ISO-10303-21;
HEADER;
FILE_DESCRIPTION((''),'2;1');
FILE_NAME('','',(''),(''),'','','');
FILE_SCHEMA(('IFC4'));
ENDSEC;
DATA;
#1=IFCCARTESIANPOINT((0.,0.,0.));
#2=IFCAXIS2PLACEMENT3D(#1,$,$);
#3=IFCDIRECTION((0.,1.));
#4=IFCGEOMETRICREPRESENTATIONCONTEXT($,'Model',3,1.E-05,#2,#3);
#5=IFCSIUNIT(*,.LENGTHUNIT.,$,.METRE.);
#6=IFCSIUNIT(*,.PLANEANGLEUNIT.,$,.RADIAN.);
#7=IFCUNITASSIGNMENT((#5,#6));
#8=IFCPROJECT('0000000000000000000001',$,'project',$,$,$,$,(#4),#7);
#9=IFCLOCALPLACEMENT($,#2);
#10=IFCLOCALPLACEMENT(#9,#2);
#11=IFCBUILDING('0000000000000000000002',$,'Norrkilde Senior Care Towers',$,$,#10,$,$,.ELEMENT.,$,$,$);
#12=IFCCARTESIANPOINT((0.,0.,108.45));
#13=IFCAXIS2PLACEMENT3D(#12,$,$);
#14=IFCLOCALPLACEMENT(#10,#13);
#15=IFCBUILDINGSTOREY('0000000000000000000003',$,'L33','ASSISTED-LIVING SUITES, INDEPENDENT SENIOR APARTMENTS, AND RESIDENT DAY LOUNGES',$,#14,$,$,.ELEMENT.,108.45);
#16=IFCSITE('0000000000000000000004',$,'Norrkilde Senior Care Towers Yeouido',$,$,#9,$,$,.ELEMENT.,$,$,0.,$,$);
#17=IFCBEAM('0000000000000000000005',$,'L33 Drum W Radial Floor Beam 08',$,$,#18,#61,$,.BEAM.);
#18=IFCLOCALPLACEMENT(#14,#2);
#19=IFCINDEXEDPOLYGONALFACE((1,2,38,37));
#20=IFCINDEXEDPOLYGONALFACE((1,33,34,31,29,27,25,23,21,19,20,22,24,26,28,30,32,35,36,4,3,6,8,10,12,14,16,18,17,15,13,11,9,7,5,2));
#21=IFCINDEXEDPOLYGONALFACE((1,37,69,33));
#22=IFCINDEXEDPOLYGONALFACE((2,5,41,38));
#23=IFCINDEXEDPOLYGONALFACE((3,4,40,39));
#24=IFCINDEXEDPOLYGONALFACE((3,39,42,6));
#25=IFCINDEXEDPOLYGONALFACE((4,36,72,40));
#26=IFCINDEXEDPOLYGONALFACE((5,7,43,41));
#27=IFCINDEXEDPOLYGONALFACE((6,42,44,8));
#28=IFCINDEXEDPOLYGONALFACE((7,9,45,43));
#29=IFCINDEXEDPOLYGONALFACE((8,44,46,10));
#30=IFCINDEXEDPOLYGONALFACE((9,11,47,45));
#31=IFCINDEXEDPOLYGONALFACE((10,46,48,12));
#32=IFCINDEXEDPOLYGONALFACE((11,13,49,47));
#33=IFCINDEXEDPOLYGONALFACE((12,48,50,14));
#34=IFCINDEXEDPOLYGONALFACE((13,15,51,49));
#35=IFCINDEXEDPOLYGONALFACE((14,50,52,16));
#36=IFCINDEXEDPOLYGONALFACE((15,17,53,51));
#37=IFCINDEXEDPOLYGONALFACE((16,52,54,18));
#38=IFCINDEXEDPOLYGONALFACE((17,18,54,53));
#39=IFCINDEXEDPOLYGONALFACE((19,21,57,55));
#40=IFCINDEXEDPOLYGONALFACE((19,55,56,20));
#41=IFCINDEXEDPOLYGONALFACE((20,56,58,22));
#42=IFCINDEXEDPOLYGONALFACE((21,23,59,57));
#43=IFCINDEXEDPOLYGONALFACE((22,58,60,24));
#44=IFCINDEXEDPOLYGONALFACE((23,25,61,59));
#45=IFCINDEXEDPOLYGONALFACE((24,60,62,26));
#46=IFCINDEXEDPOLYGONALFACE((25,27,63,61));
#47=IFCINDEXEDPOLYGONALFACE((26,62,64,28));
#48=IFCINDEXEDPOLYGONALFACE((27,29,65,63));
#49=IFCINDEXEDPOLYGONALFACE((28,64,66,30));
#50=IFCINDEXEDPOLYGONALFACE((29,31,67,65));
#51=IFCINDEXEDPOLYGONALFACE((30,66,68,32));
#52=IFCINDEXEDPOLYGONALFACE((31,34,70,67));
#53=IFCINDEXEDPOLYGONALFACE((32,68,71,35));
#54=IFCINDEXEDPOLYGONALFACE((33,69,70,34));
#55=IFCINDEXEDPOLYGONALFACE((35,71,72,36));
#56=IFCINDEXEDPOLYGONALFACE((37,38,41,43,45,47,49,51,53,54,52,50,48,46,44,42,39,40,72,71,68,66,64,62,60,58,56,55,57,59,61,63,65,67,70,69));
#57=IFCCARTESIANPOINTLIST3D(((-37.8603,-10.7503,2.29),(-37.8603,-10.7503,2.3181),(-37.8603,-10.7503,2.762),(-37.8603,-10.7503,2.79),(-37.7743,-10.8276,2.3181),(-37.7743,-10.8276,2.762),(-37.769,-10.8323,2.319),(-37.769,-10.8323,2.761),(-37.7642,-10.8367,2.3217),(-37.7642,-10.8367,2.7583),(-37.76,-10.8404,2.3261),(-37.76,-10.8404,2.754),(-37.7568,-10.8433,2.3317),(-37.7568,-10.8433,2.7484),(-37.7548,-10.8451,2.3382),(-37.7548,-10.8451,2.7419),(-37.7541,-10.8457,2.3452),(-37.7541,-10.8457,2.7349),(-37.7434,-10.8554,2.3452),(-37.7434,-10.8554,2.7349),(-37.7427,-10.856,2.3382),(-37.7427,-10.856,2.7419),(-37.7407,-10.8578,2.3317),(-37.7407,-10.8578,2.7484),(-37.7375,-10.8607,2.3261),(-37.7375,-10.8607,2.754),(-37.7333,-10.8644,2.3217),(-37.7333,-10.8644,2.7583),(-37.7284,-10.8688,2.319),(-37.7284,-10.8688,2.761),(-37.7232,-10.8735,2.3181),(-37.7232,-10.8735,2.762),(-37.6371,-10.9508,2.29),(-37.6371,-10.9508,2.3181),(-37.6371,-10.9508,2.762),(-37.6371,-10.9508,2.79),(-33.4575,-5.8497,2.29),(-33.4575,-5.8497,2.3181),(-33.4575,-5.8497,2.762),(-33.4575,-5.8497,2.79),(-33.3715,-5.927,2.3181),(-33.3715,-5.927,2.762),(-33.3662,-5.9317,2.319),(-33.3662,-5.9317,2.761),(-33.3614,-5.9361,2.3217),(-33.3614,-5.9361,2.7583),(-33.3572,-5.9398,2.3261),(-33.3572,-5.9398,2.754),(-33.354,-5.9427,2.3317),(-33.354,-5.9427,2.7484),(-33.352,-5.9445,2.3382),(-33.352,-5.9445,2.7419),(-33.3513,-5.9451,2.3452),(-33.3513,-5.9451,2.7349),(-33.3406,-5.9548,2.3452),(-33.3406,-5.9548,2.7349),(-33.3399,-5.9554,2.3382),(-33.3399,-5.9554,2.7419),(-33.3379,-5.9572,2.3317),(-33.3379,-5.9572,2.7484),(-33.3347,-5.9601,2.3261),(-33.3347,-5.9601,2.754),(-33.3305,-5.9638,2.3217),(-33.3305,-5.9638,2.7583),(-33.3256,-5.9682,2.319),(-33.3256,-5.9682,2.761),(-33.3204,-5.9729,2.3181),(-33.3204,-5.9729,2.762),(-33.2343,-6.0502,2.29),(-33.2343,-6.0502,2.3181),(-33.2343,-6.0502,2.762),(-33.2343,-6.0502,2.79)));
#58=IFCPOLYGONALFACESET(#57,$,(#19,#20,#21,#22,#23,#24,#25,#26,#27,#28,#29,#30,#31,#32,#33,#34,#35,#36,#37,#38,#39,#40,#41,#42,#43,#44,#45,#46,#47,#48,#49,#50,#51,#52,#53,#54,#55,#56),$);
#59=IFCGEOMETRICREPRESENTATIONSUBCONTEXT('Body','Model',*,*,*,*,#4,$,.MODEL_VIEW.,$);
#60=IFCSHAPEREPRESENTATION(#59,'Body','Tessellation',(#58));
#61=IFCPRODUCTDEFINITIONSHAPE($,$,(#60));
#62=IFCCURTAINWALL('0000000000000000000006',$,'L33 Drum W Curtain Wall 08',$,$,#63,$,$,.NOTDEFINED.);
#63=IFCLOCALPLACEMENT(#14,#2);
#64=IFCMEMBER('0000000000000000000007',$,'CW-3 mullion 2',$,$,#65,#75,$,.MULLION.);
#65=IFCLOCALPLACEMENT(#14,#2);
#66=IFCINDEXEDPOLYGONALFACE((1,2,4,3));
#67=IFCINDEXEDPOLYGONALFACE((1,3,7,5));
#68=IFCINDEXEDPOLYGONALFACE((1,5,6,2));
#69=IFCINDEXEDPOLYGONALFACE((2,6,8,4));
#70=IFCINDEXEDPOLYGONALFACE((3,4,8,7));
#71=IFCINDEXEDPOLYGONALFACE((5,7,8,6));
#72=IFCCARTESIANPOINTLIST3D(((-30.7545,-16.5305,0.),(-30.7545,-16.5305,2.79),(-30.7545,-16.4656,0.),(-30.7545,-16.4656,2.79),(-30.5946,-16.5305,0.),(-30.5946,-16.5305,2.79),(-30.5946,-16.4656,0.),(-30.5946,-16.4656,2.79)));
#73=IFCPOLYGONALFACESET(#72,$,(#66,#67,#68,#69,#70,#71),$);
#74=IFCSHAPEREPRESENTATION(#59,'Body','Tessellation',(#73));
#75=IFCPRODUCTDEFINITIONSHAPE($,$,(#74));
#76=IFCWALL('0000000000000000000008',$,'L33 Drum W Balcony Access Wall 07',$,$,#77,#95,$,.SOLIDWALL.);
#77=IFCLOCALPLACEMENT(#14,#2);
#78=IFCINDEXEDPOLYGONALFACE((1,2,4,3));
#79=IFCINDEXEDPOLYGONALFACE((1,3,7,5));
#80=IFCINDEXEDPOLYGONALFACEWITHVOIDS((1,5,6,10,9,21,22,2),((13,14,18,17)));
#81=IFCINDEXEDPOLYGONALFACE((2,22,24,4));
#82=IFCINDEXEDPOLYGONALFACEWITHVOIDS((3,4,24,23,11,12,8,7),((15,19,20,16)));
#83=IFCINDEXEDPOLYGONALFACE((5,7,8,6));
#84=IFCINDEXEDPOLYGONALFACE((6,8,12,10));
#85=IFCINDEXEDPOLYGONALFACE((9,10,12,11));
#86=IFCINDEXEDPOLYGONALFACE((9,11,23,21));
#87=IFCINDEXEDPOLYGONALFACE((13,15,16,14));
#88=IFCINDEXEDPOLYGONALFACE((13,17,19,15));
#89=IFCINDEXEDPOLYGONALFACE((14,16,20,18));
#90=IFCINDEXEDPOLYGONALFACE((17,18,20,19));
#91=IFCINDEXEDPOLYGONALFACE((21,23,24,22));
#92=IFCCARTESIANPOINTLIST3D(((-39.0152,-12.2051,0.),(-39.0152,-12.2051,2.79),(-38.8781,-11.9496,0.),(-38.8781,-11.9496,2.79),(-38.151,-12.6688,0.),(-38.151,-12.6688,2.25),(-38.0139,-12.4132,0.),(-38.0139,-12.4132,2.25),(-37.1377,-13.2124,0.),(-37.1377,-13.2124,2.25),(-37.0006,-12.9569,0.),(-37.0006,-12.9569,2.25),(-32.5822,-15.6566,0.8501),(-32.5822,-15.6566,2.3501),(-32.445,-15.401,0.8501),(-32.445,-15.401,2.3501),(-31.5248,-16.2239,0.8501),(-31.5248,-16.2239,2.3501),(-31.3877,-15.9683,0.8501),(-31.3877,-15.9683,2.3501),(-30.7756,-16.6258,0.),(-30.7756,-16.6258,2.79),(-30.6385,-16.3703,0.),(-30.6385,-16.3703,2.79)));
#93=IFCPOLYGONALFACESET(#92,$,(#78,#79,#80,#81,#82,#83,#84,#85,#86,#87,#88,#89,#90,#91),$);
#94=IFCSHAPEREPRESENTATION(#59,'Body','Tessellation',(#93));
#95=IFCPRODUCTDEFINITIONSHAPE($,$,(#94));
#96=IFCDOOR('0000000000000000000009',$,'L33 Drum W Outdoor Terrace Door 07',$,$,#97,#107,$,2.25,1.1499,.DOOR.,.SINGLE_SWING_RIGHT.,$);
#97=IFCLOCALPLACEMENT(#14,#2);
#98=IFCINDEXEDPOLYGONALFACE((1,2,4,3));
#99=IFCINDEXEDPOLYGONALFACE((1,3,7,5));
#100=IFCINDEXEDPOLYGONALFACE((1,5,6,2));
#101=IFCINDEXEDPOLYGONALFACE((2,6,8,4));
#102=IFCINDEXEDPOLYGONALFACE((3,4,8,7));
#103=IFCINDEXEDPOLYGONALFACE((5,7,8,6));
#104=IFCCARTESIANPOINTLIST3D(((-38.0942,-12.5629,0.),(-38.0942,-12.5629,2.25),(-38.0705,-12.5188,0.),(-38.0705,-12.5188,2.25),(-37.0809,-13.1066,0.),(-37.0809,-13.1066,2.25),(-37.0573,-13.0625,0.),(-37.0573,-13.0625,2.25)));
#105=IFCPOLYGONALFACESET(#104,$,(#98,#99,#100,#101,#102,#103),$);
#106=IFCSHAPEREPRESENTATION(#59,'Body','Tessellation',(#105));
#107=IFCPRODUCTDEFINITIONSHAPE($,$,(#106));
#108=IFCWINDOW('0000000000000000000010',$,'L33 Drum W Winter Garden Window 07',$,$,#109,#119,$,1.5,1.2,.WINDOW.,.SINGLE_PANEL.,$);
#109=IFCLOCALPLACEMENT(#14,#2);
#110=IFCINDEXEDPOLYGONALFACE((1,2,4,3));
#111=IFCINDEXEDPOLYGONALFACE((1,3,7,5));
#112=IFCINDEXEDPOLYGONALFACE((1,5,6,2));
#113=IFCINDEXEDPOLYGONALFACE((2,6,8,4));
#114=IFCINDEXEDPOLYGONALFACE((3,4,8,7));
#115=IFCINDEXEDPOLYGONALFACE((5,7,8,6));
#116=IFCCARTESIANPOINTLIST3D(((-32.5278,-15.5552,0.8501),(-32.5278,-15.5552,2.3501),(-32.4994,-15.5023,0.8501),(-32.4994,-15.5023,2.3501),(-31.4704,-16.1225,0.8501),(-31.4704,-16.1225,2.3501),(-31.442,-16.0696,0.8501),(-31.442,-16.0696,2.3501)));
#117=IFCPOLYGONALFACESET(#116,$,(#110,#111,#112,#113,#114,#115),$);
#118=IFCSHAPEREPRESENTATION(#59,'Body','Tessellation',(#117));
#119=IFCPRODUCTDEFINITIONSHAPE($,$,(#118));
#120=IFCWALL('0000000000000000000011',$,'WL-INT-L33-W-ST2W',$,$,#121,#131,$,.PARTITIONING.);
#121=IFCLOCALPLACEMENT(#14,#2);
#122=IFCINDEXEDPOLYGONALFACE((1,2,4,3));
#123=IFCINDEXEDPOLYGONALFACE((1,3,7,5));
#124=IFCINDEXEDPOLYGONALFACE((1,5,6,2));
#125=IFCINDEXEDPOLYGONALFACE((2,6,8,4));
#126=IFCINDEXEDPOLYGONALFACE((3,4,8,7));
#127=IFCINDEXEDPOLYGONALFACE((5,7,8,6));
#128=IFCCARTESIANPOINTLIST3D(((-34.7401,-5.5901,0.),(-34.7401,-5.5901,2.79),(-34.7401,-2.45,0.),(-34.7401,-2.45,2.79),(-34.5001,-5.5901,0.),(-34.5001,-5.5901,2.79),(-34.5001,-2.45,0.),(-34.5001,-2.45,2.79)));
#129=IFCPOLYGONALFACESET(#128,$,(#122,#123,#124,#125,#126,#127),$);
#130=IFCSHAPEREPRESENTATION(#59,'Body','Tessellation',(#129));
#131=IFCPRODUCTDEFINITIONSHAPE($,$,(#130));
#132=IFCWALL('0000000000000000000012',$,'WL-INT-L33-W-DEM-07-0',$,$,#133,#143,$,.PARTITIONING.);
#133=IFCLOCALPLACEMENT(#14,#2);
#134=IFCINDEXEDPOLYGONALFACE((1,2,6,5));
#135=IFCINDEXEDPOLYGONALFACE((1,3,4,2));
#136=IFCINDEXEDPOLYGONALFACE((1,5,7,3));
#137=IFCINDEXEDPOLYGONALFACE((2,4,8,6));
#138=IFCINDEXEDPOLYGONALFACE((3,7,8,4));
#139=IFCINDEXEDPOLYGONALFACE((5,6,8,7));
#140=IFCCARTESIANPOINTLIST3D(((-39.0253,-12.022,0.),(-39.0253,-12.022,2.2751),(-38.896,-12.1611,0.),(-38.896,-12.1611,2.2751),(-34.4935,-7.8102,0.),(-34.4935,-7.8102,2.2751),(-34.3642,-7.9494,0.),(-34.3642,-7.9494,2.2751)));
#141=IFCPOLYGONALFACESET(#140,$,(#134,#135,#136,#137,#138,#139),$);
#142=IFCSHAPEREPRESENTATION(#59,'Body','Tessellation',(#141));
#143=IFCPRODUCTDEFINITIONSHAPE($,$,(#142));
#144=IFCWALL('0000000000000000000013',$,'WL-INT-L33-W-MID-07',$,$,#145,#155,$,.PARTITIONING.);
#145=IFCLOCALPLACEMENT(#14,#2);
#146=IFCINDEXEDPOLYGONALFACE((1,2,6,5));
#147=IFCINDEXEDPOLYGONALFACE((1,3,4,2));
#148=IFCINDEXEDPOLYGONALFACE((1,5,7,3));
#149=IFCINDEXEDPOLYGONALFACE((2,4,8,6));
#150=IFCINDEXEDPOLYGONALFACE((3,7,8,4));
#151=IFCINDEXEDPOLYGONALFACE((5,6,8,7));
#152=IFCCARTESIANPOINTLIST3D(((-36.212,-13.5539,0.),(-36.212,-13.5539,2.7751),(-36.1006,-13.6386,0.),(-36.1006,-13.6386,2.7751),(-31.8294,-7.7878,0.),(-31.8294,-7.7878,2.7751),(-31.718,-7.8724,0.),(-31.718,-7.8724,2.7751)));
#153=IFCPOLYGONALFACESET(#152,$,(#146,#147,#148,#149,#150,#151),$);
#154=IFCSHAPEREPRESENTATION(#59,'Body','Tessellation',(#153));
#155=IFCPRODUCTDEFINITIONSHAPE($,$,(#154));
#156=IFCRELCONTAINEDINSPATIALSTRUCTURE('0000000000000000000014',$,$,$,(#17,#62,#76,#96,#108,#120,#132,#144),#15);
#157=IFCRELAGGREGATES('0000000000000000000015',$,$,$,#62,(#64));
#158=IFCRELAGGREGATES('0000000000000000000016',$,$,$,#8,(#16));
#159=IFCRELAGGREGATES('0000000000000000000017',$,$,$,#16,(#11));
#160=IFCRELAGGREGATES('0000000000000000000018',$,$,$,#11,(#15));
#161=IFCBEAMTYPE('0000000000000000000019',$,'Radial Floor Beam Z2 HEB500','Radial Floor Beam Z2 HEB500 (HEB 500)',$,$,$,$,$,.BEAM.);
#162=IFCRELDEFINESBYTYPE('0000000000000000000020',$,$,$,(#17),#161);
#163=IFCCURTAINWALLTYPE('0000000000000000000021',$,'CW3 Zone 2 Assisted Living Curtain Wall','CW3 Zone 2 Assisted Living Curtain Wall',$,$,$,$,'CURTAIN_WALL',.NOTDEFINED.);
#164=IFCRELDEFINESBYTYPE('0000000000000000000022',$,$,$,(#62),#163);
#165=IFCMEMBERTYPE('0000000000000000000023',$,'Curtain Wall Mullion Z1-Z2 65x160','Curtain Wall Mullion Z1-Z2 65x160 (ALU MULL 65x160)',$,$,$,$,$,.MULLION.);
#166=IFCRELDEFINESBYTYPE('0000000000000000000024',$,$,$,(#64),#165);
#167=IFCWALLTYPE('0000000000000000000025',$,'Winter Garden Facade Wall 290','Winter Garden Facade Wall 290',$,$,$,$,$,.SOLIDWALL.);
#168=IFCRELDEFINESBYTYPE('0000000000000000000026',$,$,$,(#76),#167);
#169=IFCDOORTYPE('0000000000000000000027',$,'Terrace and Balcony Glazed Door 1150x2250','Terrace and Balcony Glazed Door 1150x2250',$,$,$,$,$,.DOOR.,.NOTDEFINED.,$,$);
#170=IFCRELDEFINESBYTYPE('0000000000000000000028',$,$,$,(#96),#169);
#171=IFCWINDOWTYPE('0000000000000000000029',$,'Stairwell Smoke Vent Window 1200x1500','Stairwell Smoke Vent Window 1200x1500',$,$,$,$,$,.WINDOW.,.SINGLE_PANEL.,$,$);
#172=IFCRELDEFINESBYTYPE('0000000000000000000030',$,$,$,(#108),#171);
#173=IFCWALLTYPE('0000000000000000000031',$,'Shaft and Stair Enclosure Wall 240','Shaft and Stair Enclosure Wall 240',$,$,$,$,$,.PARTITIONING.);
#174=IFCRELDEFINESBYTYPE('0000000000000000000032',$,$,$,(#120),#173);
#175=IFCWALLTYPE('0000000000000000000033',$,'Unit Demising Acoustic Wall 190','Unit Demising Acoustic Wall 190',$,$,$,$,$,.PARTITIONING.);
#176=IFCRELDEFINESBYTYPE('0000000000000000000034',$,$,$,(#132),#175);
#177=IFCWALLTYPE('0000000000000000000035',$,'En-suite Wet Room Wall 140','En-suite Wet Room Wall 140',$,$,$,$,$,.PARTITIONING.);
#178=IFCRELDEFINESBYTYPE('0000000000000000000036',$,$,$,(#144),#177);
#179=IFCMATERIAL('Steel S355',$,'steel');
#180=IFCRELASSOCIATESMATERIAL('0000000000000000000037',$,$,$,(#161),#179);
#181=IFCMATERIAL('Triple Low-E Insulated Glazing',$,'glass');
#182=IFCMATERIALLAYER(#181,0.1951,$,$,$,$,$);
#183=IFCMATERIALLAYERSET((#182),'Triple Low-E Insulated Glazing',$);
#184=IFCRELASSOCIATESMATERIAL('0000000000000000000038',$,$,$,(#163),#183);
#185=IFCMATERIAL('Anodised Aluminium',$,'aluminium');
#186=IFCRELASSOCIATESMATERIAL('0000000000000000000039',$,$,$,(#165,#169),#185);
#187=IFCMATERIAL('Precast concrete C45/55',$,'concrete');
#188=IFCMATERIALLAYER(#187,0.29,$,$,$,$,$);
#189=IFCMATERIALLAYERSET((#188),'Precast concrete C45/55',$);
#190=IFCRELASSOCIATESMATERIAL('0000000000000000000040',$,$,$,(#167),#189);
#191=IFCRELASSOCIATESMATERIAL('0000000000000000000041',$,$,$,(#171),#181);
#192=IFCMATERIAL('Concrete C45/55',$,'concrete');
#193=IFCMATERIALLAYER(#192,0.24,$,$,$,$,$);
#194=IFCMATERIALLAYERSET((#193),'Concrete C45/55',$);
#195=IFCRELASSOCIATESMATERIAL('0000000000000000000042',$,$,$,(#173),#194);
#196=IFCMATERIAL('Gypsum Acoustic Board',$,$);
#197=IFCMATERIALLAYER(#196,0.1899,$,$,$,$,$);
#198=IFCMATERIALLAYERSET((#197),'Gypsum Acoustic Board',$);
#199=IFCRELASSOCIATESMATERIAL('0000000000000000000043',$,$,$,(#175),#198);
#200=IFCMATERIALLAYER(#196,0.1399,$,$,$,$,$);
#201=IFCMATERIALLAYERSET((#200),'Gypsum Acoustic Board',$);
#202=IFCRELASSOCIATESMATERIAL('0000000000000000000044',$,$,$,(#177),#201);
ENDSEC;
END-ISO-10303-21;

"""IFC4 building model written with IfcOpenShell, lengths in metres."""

from ifc_helpers import new_model, si_unit, direction, frame, frame_2d, origin, origin_2d, place, context, subcontext, project, spatial, rectangle, i_section, extrude, source, transform, mapped, material, layer, layer_set, material_profile, profile_set, type_object, type_shapes, element, fill, aggregate, save


model = new_model("IFC4")

# Units and contexts
model_context = context("Model", 3, precision=1e-05, world=origin(), true_north=direction((0.0, 1.0)))
body_context = subcontext(model_context, "Body", "Model", "MODEL_VIEW")
ifc_project = project(units=[si_unit("LENGTHUNIT", "METRE"), si_unit("PLANEANGLEUNIT", "RADIAN")], contexts=[model_context])

# Site, building, storey
site_placement = place(None, origin())
site = spatial("IfcSite", under=ifc_project, at=site_placement, Name="Norrkilde Senior Care Towers Yeouido", CompositionType="ELEMENT", RefElevation=0.0)
building_placement = place(site_placement, origin())
building = spatial("IfcBuilding", under=site, at=building_placement, Name="Norrkilde Senior Care Towers", CompositionType="ELEMENT")
storey_placement = place(building_placement, frame((0.0, 0.0, 108.45)))
storey = spatial("IfcBuildingStorey", under=building, at=storey_placement, Name="L33", Description="ASSISTED-LIVING SUITES, INDEPENDENT SENIOR APARTMENTS, AND RESIDENT DAY LOUNGES", CompositionType="ELEMENT", Elevation=108.45)

# Beam
ifc_material_1 = material(Name="Steel S355", Category="steel")
ifc_material_profile_1 = material_profile(ifc_material_1, i_section(OverallWidth=0.3, OverallDepth=0.5, WebThickness=0.0144, FlangeThickness=0.0281, FilletRadius=0.0271, at=origin_2d()), Name="HEB 500")
ifc_profile_set_1 = profile_set([ifc_material_profile_1], Name="Steel S355")
beam_type_1 = type_object("IfcBeamType", Name="Radial Floor Beam Z2 HEB500", Description="Radial Floor Beam Z2 HEB500 (HEB 500)", PredefinedType="BEAM", material=ifc_profile_set_1)
shared_shape_1 = source(origin(), body_context, "Body", "SweptSolid", [
    extrude(i_section(OverallWidth=0.3, OverallDepth=0.5, WebThickness=0.0144, FlangeThickness=0.0281, FilletRadius=0.0271, at=origin_2d()), origin(), (0.0, 0.0, 1.0), 6.5879),
])
beam_1_placement = place(storey_placement, frame((-33.3459, -5.95, 2.54), z_axis=(-0.668315, -0.743878, 0.0), x_axis=(0.743878, -0.668315, 0.0)))
element("IfcBeam", 1, at=beam_1_placement, inside=storey, type_object=beam_type_1, Name="L33 Drum W Radial Floor Beam 08", PredefinedType="BEAM", context=body_context, shape_type="MappedRepresentation", body=[
    mapped(shared_shape_1, transform((0.0, 0.0, 0.0), x_axis=(1.0, 0.0, 0.0), y_axis=(0.0, 1.0, 0.0), z_axis=(0.0, 0.0, 1.0), scale=1.0)),
])

# Curtain wall, member
ifc_material_2 = material(Name="Triple Low-E Insulated Glazing", Category="glass")
ifc_layer_1 = layer(ifc_material_2, 0.1951)
ifc_layer_set_1 = layer_set([ifc_layer_1], Name="Triple Low-E Insulated Glazing")
curtain_wall_type = type_object("IfcCurtainWallType", Name="CW3 Zone 2 Assisted Living Curtain Wall", Description="CW3 Zone 2 Assisted Living Curtain Wall", ElementType="CURTAIN_WALL", PredefinedType="NOTDEFINED", material=ifc_layer_set_1)
curtain_wall_placement = place(storey_placement, origin())
curtain_wall = element("IfcCurtainWall", 2, at=curtain_wall_placement, inside=storey, type_object=curtain_wall_type, Name="L33 Drum W Curtain Wall 08", PredefinedType="NOTDEFINED")
ifc_material_3 = material(Name="Anodised Aluminium", Category="aluminium")
ifc_material_profile_2 = material_profile(ifc_material_3, rectangle(XDim=0.0649, YDim=0.1599, at=origin_2d()), Name="ALU MULL 65x160")
ifc_profile_set_2 = profile_set([ifc_material_profile_2], Name="Anodised Aluminium")
member_type = type_object("IfcMemberType", Name="Curtain Wall Mullion Z1-Z2 65x160", Description="Curtain Wall Mullion Z1-Z2 65x160 (ALU MULL 65x160)", PredefinedType="MULLION", material=ifc_profile_set_2)
shared_shape_2 = source(origin(), body_context, "Body", "SweptSolid", [
    extrude(rectangle(XDim=0.0649, YDim=0.1599, at=origin_2d()), origin(), (0.0, 0.0, 1.0), 2.79),
])
type_shapes(member_type, [shared_shape_2])
member_placement = place(storey_placement, frame((-30.6746, -16.498, 0.0), z_axis=(0.0, 0.0, 1.0), x_axis=(0.0, -1.0, 0.0)))
member = element("IfcMember", 3, at=member_placement, type_object=member_type, Name="CW-3 mullion 2", PredefinedType="MULLION", context=body_context, shape_type="MappedRepresentation", body=[
    mapped(shared_shape_2, transform((0.0, 0.0, 0.0), x_axis=(1.0, 0.0, 0.0), y_axis=(0.0, 1.0, 0.0), z_axis=(0.0, 0.0, 1.0), scale=1.0)),
])
aggregate(curtain_wall, [member])

# Wall, openings, door, window
ifc_material_4 = material(Name="Precast concrete C45/55", Category="concrete")
ifc_layer_2 = layer(ifc_material_4, 0.29)
ifc_layer_set_2 = layer_set([ifc_layer_2], Name="Precast concrete C45/55")
wall_type_1 = type_object("IfcWallType", Name="Winter Garden Facade Wall 290", Description="Winter Garden Facade Wall 290", PredefinedType="SOLIDWALL", material=ifc_layer_set_2)
shared_shape_3 = source(origin(), body_context, "Body", "SweptSolid", [
    extrude(rectangle(XDim=9.3506, YDim=0.29, at=frame_2d((4.6753, 0.0))), origin(), (0.0, 0.0, 1.0), 2.79),
])
type_shapes(wall_type_1, [shared_shape_3])
wall_1_placement = place(storey_placement, frame((-30.707, -16.498, 0.0), z_axis=(0.0, 0.0, 1.0), x_axis=(-0.881184, 0.472773, 0.0)))
wall_1 = element("IfcWall", 4, at=wall_1_placement, inside=storey, type_object=wall_type_1, Name="L33 Drum W Balcony Access Wall 07", PredefinedType="SOLIDWALL", context=body_context, shape_type="MappedRepresentation", body=[
    mapped(shared_shape_3, transform((0.0, 0.0, 0.0), x_axis=(1.0, 0.0, 0.0), y_axis=(0.0, 1.0, 0.0), z_axis=(0.0, 0.0, 1.0), scale=1.0)),
])
opening_1_placement = place(wall_1_placement, frame((7.22, 0.0, 0.0)))
opening_1 = element("IfcOpeningElement", 5, at=opening_1_placement, cuts=wall_1, PredefinedType="OPENING", context=body_context, shape_type="SweptSolid", body=[
    extrude(rectangle(XDim=1.1499, YDim=2.25, at=frame_2d((0.575, 1.125))), frame((0.0, 0.155, 0.0), z_axis=(0.0, -1.0, 0.0), x_axis=(1.0, 0.0, 0.0)), (0.0, 0.0, 1.0), 0.3101),
])
opening_2_placement = place(wall_1_placement, frame((0.8501, 0.0, 0.8501)))
opening_2 = element("IfcOpeningElement", 6, at=opening_2_placement, cuts=wall_1, PredefinedType="OPENING", context=body_context, shape_type="SweptSolid", body=[
    extrude(rectangle(XDim=1.2, YDim=1.5, at=frame_2d((0.6001, 0.75))), frame((0.0, 0.155, 0.0), z_axis=(0.0, -1.0, 0.0), x_axis=(1.0, 0.0, 0.0)), (0.0, 0.0, 1.0), 0.3101),
])
door_type_1 = type_object("IfcDoorType", Name="Terrace and Balcony Glazed Door 1150x2250", Description="Terrace and Balcony Glazed Door 1150x2250", OperationType="NOTDEFINED", PredefinedType="DOOR", material=ifc_material_3)
shared_shape_4 = source(origin(), body_context, "Body", "SweptSolid", [
    extrude(rectangle(XDim=1.1499, YDim=2.25, at=frame_2d((0.575, 1.125))), frame((0.0, 0.0249, 0.0), z_axis=(0.0, -1.0, 0.0), x_axis=(1.0, 0.0, 0.0)), (0.0, 0.0, 1.0), 0.05),
])
type_shapes(door_type_1, [shared_shape_4])
door_1_placement = place(opening_1_placement, origin())
door_1 = element("IfcDoor", 7, at=door_1_placement, inside=storey, type_object=door_type_1, Name="L33 Drum W Outdoor Terrace Door 07", OperationType="SINGLE_SWING_RIGHT", OverallHeight=2.25, OverallWidth=1.1499, PredefinedType="DOOR", context=body_context, shape_type="MappedRepresentation", body=[
    mapped(shared_shape_4, transform((0.0, 0.0, 0.0), x_axis=(1.0, 0.0, 0.0), y_axis=(0.0, 1.0, 0.0), z_axis=(0.0, 0.0, 1.0), scale=1.0)),
])
fill(opening_1, door_1)
window_type = type_object("IfcWindowType", Name="Stairwell Smoke Vent Window 1200x1500", Description="Stairwell Smoke Vent Window 1200x1500", PartitioningType="SINGLE_PANEL", PredefinedType="WINDOW", material=ifc_material_2)
shared_shape_5 = source(origin(), body_context, "Body", "SweptSolid", [
    extrude(rectangle(XDim=1.2, YDim=1.5, at=frame_2d((0.6001, 0.75))), frame((0.0, 0.03, 0.0), z_axis=(0.0, -1.0, 0.0), x_axis=(1.0, 0.0, 0.0)), (0.0, 0.0, 1.0), 0.0601),
])
type_shapes(window_type, [shared_shape_5])
window_placement = place(opening_2_placement, origin())
window = element("IfcWindow", 8, at=window_placement, inside=storey, type_object=window_type, Name="L33 Drum W Winter Garden Window 07", OverallHeight=1.5, OverallWidth=1.2, PartitioningType="SINGLE_PANEL", PredefinedType="WINDOW", context=body_context, shape_type="MappedRepresentation", body=[
    mapped(shared_shape_5, transform((0.0, 0.0, 0.0), x_axis=(1.0, 0.0, 0.0), y_axis=(0.0, 1.0, 0.0), z_axis=(0.0, 0.0, 1.0), scale=1.0)),
])
fill(opening_2, window)

# Walls
ifc_material_5 = material(Name="Concrete C45/55", Category="concrete")
ifc_layer_3 = layer(ifc_material_5, 0.24)
ifc_layer_set_3 = layer_set([ifc_layer_3], Name="Concrete C45/55")
wall_type_2 = type_object("IfcWallType", Name="Shaft and Stair Enclosure Wall 240", Description="Shaft and Stair Enclosure Wall 240", PredefinedType="PARTITIONING", material=ifc_layer_set_3)
shared_shape_6 = source(origin(), body_context, "Body", "SweptSolid", [
    extrude(rectangle(XDim=3.1401, YDim=0.24, at=frame_2d((1.5701, 0.0))), origin(), (0.0, 0.0, 1.0), 2.79),
])
type_shapes(wall_type_2, [shared_shape_6])
wall_2_placement = place(storey_placement, frame((-34.6201, -5.5901, 0.0), z_axis=(0.0, 0.0, 1.0), x_axis=(0.0, 1.0, 0.0)))
element("IfcWall", 9, at=wall_2_placement, inside=storey, type_object=wall_type_2, Name="WL-INT-L33-W-ST2W", PredefinedType="PARTITIONING", context=body_context, shape_type="MappedRepresentation", body=[
    mapped(shared_shape_6, transform((0.0, 0.0, 0.0), x_axis=(1.0, 0.0, 0.0), y_axis=(0.0, 1.0, 0.0), z_axis=(0.0, 0.0, 1.0), scale=1.0)),
])
ifc_material_6 = material(Name="Gypsum Acoustic Board")
ifc_layer_4 = layer(ifc_material_6, 0.1899)
ifc_layer_set_4 = layer_set([ifc_layer_4], Name="Gypsum Acoustic Board")
wall_type_3 = type_object("IfcWallType", Name="Unit Demising Acoustic Wall 190", Description="Unit Demising Acoustic Wall 190", PredefinedType="PARTITIONING", material=ifc_layer_set_4)
shared_shape_7 = source(origin(), body_context, "Body", "SweptSolid", [
    extrude(rectangle(XDim=6.1868, YDim=0.1899, at=frame_2d((3.0933, 0.0))), origin(), (0.0, 0.0, 1.0), 2.2751),
])
type_shapes(wall_type_3, [shared_shape_7])
wall_3_placement = place(storey_placement, frame((-34.429, -7.8799, 0.0), z_axis=(0.0, 0.0, 1.0), x_axis=(-0.732501, -0.680766, 0.0)))
element("IfcWall", 10, at=wall_3_placement, inside=storey, type_object=wall_type_3, Name="WL-INT-L33-W-DEM-07-0", PredefinedType="PARTITIONING", context=body_context, shape_type="MappedRepresentation", body=[
    mapped(shared_shape_7, transform((0.0, 0.0, 0.0), x_axis=(1.0, 0.0, 0.0), y_axis=(0.0, 1.0, 0.0), z_axis=(0.0, 0.0, 1.0), scale=1.0)),
])
ifc_layer_5 = layer(ifc_material_6, 0.1399)
ifc_layer_set_5 = layer_set([ifc_layer_5], Name="Gypsum Acoustic Board")
wall_type_4 = type_object("IfcWallType", Name="En-suite Wet Room Wall 140", Description="En-suite Wet Room Wall 140", PredefinedType="PARTITIONING", material=ifc_layer_set_5)
shared_shape_8 = source(origin(), body_context, "Body", "SweptSolid", [
    extrude(rectangle(XDim=7.2427, YDim=0.1399, at=frame_2d((3.6213, 0.0))), origin(), (0.0, 0.0, 1.0), 2.7751),
])
type_shapes(wall_type_4, [shared_shape_8])
wall_4_placement = place(storey_placement, frame((-31.7737, -7.8301, 0.0), z_axis=(0.0, 0.0, 1.0), x_axis=(-0.605111, -0.796141, 0.0)))
element("IfcWall", 11, at=wall_4_placement, inside=storey, type_object=wall_type_4, Name="WL-INT-L33-W-MID-07", PredefinedType="PARTITIONING", context=body_context, shape_type="MappedRepresentation", body=[
    mapped(shared_shape_8, transform((0.0, 0.0, 0.0), x_axis=(1.0, 0.0, 0.0), y_axis=(0.0, 1.0, 0.0), z_axis=(0.0, 0.0, 1.0), scale=1.0)),
])

save(model, "model.ifc")
